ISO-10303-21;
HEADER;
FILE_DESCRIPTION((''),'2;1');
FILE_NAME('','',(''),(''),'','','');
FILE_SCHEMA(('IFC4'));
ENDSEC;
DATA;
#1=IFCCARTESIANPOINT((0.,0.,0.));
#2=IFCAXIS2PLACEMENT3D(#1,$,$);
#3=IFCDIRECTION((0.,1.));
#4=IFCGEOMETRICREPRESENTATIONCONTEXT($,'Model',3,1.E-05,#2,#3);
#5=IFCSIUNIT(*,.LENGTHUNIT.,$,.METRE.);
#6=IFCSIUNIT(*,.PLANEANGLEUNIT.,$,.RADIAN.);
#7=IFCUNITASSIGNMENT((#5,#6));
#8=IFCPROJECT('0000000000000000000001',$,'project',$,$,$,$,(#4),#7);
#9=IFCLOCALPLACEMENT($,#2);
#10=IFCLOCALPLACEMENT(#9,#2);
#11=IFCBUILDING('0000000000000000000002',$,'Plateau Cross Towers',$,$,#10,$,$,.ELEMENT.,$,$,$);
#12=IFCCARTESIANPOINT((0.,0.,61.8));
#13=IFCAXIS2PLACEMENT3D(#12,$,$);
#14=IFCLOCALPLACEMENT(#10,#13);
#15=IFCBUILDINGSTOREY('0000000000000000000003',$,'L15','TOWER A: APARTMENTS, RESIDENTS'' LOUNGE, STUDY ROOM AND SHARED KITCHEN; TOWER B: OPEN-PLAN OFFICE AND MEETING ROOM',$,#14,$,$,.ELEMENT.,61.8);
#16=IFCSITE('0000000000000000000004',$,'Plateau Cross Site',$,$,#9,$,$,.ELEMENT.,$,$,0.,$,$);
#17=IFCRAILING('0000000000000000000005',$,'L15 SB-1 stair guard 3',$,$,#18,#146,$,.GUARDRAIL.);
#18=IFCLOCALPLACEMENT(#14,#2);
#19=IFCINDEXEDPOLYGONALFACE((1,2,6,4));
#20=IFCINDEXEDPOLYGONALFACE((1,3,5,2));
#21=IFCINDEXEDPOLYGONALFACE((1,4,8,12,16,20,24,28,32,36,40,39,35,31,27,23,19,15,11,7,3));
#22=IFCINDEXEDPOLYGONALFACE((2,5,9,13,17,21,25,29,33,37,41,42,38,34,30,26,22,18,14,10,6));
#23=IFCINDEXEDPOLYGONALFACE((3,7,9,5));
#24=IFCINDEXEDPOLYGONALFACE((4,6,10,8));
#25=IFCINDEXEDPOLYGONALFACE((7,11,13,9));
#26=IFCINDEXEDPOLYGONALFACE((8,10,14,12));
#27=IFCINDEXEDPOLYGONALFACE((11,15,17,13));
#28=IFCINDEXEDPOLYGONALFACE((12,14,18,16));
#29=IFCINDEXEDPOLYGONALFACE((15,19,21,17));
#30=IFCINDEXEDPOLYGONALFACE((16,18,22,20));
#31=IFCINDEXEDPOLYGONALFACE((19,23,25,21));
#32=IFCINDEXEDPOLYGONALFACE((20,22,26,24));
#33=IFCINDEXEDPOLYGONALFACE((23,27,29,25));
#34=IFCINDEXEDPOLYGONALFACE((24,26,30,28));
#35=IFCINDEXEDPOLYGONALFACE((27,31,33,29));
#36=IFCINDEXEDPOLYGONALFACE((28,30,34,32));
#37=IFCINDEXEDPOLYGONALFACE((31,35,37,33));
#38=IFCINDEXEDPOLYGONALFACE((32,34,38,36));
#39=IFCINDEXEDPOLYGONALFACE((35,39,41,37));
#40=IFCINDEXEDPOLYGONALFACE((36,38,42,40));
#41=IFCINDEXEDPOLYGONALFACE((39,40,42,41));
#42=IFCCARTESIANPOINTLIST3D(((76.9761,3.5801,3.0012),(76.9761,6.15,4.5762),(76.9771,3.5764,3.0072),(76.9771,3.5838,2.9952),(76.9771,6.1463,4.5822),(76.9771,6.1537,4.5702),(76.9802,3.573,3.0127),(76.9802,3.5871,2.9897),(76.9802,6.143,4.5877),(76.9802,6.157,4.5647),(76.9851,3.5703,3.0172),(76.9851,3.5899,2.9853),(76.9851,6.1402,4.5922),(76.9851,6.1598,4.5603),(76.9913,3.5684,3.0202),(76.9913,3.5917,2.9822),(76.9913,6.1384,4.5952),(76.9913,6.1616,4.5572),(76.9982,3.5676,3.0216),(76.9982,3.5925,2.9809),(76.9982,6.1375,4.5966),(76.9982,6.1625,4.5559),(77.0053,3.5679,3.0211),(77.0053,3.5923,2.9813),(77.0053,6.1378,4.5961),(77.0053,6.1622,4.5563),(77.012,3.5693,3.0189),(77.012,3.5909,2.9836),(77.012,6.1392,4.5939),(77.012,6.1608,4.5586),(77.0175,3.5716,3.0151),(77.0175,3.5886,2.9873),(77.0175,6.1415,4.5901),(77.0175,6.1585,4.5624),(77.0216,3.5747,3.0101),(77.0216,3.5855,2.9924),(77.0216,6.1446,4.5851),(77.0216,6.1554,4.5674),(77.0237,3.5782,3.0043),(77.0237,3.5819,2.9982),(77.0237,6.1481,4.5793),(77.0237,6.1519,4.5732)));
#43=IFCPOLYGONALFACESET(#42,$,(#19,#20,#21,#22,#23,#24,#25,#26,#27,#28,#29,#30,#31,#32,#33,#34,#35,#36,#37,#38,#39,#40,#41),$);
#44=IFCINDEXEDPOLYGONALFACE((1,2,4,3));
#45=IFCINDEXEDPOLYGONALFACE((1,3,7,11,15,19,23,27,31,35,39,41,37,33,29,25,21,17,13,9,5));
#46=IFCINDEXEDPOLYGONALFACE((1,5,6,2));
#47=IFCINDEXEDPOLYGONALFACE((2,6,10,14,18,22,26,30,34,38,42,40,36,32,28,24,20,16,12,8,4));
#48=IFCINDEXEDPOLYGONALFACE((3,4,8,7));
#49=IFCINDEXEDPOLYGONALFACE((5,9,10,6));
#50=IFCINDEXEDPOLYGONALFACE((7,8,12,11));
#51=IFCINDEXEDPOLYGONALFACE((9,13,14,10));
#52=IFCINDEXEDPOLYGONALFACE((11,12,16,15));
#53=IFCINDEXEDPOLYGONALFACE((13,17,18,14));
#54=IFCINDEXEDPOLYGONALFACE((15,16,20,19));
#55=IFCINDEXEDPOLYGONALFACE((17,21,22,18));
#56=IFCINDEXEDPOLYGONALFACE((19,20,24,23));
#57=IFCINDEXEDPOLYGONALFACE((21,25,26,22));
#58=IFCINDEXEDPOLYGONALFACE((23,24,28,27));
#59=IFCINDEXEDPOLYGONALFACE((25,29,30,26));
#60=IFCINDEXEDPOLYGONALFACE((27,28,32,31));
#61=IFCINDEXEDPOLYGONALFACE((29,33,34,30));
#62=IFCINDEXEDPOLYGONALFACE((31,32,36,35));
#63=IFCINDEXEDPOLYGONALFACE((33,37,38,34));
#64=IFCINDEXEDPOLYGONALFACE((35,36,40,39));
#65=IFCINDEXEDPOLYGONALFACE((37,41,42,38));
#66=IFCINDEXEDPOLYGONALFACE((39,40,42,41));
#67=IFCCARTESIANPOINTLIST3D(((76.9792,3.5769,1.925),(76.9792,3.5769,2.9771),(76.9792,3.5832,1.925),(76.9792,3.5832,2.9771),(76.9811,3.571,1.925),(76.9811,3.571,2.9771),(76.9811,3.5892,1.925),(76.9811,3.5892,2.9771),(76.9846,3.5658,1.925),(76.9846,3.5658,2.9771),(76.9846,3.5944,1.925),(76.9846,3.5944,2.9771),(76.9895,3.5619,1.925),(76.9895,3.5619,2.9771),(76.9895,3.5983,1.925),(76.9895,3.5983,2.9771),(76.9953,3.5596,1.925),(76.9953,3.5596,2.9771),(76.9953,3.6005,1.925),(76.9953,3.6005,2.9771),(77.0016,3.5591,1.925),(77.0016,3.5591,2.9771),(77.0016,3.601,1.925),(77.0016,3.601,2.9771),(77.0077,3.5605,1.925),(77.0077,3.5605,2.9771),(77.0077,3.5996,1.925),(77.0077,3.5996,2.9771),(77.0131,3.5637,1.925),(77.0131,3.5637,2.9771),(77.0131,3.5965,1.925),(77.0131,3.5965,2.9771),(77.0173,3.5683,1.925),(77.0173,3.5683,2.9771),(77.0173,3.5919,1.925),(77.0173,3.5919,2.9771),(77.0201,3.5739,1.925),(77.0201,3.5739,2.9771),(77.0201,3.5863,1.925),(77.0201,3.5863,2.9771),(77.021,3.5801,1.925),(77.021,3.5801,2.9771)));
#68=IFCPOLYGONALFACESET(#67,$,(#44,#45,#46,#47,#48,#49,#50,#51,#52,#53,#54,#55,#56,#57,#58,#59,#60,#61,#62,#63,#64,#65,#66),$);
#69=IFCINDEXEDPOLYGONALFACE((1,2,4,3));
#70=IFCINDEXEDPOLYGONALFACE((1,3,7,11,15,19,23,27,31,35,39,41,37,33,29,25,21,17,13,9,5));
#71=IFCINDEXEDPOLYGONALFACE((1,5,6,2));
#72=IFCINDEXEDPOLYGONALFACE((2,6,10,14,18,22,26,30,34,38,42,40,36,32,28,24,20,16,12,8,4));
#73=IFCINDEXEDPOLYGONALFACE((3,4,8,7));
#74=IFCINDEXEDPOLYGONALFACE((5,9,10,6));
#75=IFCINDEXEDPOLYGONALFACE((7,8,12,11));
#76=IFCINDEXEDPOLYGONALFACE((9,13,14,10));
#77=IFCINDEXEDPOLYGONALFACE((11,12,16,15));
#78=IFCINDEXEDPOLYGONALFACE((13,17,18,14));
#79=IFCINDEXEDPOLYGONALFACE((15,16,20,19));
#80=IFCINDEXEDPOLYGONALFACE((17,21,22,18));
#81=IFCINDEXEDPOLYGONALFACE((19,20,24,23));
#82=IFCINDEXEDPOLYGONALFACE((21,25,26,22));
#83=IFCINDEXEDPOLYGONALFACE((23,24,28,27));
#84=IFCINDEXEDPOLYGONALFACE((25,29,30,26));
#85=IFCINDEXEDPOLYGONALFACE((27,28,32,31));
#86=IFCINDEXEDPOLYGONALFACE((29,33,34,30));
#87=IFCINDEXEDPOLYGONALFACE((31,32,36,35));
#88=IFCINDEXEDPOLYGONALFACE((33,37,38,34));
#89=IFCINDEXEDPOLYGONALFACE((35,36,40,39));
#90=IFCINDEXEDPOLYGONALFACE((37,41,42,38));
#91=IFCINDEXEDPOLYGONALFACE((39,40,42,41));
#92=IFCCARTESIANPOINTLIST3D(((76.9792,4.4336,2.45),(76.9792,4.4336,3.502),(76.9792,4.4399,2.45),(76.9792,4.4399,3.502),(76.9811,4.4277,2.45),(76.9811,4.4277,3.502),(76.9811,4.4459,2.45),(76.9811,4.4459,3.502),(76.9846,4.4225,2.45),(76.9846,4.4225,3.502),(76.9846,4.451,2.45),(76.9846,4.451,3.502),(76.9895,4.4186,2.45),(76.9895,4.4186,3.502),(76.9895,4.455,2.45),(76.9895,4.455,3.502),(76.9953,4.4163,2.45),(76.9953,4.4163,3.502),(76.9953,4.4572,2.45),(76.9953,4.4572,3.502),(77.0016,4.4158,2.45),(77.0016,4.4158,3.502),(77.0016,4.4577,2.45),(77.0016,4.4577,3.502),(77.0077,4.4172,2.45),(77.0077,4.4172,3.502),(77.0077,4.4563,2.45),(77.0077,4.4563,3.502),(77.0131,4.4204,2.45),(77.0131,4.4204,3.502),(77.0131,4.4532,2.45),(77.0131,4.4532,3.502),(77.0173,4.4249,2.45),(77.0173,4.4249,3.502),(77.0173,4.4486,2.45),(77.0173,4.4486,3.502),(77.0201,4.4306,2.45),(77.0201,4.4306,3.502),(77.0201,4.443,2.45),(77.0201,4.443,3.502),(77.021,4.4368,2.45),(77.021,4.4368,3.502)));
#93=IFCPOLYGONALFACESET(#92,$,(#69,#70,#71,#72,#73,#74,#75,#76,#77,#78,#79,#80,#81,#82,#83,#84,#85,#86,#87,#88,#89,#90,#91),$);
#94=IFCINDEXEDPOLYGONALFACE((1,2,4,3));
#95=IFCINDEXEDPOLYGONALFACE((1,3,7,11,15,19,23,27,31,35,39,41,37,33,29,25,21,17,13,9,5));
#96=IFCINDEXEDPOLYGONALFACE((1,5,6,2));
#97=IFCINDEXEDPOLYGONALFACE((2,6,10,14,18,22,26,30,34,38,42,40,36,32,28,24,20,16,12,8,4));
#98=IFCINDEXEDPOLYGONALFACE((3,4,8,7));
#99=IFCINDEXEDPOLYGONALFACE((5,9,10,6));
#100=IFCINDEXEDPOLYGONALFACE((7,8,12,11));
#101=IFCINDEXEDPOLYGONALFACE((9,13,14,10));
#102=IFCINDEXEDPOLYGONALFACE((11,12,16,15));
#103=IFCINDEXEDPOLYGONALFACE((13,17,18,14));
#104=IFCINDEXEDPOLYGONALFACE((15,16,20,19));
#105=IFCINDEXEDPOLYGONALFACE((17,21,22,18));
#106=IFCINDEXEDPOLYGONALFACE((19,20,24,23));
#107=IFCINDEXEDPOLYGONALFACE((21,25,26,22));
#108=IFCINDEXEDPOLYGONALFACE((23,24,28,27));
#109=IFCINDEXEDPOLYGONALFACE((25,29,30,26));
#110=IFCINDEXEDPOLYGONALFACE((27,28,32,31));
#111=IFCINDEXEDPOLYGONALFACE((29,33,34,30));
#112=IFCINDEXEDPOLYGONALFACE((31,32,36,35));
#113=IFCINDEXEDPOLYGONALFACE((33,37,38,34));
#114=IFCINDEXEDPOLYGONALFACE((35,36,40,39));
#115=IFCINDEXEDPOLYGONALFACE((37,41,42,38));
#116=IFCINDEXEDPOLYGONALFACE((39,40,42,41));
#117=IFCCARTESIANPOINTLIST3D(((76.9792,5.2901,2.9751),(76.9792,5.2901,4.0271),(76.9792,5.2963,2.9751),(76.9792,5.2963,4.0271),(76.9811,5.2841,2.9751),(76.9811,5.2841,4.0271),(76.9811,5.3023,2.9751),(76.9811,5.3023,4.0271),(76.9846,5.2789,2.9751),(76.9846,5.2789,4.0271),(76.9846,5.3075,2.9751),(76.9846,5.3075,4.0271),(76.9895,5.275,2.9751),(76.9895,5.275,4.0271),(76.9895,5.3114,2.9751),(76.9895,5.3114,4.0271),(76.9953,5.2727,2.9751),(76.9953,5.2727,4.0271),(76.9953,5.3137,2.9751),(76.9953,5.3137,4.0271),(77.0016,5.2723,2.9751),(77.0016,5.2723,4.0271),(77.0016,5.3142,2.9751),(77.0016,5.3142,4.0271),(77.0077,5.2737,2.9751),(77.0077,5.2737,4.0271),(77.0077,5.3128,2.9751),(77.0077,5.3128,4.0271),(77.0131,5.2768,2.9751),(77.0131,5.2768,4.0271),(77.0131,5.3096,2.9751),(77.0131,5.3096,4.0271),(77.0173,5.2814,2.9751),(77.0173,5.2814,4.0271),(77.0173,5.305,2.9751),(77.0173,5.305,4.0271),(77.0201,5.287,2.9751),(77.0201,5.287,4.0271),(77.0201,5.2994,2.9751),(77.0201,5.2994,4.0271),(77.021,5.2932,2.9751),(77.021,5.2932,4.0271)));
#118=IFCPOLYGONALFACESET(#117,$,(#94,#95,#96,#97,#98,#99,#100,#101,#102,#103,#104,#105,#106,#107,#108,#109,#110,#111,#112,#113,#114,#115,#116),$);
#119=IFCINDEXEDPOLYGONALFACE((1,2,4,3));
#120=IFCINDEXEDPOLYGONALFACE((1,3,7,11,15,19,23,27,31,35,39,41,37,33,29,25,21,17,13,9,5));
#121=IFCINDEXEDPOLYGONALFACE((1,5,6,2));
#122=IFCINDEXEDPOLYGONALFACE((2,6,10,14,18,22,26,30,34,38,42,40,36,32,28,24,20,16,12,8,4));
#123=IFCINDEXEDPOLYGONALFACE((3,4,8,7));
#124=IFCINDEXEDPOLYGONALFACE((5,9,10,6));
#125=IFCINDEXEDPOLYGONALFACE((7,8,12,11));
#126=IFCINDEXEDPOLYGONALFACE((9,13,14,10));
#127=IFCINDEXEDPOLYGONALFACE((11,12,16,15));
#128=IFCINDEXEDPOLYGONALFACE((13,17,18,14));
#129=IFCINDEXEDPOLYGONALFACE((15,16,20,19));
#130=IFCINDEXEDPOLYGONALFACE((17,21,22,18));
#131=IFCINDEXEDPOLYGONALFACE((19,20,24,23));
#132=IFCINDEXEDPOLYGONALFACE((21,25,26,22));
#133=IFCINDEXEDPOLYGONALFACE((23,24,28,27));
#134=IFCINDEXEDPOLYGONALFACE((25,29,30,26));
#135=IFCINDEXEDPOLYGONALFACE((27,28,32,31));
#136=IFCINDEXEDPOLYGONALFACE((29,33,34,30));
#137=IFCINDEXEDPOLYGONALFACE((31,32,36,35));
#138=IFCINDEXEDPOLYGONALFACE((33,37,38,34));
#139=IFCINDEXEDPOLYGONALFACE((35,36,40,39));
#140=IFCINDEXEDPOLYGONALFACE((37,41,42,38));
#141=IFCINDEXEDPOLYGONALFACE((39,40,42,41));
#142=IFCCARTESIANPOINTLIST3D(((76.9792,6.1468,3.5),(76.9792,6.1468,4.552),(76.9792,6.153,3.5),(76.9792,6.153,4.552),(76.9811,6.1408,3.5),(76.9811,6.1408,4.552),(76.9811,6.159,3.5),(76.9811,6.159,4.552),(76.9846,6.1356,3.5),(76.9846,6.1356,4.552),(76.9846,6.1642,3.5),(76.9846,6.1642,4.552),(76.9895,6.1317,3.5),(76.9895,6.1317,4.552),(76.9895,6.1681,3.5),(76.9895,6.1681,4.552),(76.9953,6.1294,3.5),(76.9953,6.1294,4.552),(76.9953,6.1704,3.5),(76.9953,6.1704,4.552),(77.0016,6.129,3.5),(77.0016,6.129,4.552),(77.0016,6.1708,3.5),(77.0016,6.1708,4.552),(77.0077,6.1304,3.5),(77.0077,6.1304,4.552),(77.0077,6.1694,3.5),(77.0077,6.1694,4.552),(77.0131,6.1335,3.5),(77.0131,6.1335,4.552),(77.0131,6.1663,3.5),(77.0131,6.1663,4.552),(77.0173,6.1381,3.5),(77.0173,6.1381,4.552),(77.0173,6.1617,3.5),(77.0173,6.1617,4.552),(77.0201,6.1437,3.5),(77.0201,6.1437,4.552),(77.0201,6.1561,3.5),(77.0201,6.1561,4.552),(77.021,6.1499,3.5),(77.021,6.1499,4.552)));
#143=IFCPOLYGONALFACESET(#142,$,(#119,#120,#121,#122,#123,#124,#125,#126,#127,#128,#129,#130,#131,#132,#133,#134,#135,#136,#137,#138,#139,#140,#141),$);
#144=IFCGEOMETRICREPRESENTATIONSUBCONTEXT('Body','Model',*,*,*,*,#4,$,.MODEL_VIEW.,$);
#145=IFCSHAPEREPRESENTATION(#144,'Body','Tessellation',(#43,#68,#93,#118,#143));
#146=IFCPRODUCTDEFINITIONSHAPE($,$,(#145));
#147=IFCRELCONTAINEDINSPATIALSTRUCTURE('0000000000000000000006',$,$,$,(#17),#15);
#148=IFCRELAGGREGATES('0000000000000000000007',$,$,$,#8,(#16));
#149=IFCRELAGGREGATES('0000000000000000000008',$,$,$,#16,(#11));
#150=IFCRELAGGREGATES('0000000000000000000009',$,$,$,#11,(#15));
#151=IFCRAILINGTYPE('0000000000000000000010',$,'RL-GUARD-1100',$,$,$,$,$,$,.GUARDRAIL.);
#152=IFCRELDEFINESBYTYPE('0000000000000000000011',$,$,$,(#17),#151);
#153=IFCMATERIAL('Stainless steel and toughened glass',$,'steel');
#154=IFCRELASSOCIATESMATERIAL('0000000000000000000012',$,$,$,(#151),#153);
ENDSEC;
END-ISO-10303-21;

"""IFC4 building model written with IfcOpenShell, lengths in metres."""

from ifc_helpers import new_model, si_unit, direction, frame, origin, origin_2d, place, context, subcontext, project, spatial, circle, extrude, material, type_object, element, save


model = new_model("IFC4")

# Units and contexts
model_context = context("Model", 3, precision=1e-05, world=origin(), true_north=direction((0.0, 1.0)))
body_context = subcontext(model_context, "Body", "Model", "MODEL_VIEW")
ifc_project = project(units=[si_unit("LENGTHUNIT", "METRE"), si_unit("PLANEANGLEUNIT", "RADIAN")], contexts=[model_context])

# Site, building, storey
site_placement = place(None, origin())
site = spatial("IfcSite", under=ifc_project, at=site_placement, Name="Plateau Cross Site", CompositionType="ELEMENT", RefElevation=0.0)
building_placement = place(site_placement, origin())
building = spatial("IfcBuilding", under=site, at=building_placement, Name="Plateau Cross Towers", CompositionType="ELEMENT")
storey_placement = place(building_placement, frame((0.0, 0.0, 61.8)))
storey = spatial("IfcBuildingStorey", under=building, at=storey_placement, Name="L15", Description="TOWER A: APARTMENTS, RESIDENTS' LOUNGE, STUDY ROOM AND SHARED KITCHEN; TOWER B: OPEN-PLAN OFFICE AND MEETING ROOM", CompositionType="ELEMENT", Elevation=61.8)

# Railing
ifc_material_1 = material(Name="Stainless steel and toughened glass", Category="steel")
railing_type_1 = type_object("IfcRailingType", Name="RL-GUARD-1100", PredefinedType="GUARDRAIL", material=ifc_material_1)
railing_1_placement = place(storey_placement, frame((77.0, 3.5801, 1.925)))
element("IfcRailing", 1, at=railing_1_placement, inside=storey, type_object=railing_type_1, Name="L15 SB-1 stair guard 3", PredefinedType="GUARDRAIL", context=body_context, shape_type="SweptSolid", body=[
    extrude(circle(Radius=0.0239, at=origin_2d()), frame((0.0, 0.0, 1.0762), z_axis=(0.0, 0.852616, 0.522537), x_axis=(-1.0, 0.0, 0.0)), (0.0, 0.0, 1.0), 3.0142),
    extrude(circle(Radius=0.021, at=origin_2d()), origin(), (0.0, 0.0, 1.0), 1.052),
    extrude(circle(Radius=0.021, at=origin_2d()), frame((0.0, 0.8567, 0.5249)), (0.0, 0.0, 1.0), 1.052),
    extrude(circle(Radius=0.021, at=origin_2d()), frame((0.0, 1.7131, 1.05)), (0.0, 0.0, 1.0), 1.052),
    extrude(circle(Radius=0.021, at=origin_2d()), frame((0.0, 2.5698, 1.575)), (0.0, 0.0, 1.0), 1.052),
])

save(model, "model.ifc")
